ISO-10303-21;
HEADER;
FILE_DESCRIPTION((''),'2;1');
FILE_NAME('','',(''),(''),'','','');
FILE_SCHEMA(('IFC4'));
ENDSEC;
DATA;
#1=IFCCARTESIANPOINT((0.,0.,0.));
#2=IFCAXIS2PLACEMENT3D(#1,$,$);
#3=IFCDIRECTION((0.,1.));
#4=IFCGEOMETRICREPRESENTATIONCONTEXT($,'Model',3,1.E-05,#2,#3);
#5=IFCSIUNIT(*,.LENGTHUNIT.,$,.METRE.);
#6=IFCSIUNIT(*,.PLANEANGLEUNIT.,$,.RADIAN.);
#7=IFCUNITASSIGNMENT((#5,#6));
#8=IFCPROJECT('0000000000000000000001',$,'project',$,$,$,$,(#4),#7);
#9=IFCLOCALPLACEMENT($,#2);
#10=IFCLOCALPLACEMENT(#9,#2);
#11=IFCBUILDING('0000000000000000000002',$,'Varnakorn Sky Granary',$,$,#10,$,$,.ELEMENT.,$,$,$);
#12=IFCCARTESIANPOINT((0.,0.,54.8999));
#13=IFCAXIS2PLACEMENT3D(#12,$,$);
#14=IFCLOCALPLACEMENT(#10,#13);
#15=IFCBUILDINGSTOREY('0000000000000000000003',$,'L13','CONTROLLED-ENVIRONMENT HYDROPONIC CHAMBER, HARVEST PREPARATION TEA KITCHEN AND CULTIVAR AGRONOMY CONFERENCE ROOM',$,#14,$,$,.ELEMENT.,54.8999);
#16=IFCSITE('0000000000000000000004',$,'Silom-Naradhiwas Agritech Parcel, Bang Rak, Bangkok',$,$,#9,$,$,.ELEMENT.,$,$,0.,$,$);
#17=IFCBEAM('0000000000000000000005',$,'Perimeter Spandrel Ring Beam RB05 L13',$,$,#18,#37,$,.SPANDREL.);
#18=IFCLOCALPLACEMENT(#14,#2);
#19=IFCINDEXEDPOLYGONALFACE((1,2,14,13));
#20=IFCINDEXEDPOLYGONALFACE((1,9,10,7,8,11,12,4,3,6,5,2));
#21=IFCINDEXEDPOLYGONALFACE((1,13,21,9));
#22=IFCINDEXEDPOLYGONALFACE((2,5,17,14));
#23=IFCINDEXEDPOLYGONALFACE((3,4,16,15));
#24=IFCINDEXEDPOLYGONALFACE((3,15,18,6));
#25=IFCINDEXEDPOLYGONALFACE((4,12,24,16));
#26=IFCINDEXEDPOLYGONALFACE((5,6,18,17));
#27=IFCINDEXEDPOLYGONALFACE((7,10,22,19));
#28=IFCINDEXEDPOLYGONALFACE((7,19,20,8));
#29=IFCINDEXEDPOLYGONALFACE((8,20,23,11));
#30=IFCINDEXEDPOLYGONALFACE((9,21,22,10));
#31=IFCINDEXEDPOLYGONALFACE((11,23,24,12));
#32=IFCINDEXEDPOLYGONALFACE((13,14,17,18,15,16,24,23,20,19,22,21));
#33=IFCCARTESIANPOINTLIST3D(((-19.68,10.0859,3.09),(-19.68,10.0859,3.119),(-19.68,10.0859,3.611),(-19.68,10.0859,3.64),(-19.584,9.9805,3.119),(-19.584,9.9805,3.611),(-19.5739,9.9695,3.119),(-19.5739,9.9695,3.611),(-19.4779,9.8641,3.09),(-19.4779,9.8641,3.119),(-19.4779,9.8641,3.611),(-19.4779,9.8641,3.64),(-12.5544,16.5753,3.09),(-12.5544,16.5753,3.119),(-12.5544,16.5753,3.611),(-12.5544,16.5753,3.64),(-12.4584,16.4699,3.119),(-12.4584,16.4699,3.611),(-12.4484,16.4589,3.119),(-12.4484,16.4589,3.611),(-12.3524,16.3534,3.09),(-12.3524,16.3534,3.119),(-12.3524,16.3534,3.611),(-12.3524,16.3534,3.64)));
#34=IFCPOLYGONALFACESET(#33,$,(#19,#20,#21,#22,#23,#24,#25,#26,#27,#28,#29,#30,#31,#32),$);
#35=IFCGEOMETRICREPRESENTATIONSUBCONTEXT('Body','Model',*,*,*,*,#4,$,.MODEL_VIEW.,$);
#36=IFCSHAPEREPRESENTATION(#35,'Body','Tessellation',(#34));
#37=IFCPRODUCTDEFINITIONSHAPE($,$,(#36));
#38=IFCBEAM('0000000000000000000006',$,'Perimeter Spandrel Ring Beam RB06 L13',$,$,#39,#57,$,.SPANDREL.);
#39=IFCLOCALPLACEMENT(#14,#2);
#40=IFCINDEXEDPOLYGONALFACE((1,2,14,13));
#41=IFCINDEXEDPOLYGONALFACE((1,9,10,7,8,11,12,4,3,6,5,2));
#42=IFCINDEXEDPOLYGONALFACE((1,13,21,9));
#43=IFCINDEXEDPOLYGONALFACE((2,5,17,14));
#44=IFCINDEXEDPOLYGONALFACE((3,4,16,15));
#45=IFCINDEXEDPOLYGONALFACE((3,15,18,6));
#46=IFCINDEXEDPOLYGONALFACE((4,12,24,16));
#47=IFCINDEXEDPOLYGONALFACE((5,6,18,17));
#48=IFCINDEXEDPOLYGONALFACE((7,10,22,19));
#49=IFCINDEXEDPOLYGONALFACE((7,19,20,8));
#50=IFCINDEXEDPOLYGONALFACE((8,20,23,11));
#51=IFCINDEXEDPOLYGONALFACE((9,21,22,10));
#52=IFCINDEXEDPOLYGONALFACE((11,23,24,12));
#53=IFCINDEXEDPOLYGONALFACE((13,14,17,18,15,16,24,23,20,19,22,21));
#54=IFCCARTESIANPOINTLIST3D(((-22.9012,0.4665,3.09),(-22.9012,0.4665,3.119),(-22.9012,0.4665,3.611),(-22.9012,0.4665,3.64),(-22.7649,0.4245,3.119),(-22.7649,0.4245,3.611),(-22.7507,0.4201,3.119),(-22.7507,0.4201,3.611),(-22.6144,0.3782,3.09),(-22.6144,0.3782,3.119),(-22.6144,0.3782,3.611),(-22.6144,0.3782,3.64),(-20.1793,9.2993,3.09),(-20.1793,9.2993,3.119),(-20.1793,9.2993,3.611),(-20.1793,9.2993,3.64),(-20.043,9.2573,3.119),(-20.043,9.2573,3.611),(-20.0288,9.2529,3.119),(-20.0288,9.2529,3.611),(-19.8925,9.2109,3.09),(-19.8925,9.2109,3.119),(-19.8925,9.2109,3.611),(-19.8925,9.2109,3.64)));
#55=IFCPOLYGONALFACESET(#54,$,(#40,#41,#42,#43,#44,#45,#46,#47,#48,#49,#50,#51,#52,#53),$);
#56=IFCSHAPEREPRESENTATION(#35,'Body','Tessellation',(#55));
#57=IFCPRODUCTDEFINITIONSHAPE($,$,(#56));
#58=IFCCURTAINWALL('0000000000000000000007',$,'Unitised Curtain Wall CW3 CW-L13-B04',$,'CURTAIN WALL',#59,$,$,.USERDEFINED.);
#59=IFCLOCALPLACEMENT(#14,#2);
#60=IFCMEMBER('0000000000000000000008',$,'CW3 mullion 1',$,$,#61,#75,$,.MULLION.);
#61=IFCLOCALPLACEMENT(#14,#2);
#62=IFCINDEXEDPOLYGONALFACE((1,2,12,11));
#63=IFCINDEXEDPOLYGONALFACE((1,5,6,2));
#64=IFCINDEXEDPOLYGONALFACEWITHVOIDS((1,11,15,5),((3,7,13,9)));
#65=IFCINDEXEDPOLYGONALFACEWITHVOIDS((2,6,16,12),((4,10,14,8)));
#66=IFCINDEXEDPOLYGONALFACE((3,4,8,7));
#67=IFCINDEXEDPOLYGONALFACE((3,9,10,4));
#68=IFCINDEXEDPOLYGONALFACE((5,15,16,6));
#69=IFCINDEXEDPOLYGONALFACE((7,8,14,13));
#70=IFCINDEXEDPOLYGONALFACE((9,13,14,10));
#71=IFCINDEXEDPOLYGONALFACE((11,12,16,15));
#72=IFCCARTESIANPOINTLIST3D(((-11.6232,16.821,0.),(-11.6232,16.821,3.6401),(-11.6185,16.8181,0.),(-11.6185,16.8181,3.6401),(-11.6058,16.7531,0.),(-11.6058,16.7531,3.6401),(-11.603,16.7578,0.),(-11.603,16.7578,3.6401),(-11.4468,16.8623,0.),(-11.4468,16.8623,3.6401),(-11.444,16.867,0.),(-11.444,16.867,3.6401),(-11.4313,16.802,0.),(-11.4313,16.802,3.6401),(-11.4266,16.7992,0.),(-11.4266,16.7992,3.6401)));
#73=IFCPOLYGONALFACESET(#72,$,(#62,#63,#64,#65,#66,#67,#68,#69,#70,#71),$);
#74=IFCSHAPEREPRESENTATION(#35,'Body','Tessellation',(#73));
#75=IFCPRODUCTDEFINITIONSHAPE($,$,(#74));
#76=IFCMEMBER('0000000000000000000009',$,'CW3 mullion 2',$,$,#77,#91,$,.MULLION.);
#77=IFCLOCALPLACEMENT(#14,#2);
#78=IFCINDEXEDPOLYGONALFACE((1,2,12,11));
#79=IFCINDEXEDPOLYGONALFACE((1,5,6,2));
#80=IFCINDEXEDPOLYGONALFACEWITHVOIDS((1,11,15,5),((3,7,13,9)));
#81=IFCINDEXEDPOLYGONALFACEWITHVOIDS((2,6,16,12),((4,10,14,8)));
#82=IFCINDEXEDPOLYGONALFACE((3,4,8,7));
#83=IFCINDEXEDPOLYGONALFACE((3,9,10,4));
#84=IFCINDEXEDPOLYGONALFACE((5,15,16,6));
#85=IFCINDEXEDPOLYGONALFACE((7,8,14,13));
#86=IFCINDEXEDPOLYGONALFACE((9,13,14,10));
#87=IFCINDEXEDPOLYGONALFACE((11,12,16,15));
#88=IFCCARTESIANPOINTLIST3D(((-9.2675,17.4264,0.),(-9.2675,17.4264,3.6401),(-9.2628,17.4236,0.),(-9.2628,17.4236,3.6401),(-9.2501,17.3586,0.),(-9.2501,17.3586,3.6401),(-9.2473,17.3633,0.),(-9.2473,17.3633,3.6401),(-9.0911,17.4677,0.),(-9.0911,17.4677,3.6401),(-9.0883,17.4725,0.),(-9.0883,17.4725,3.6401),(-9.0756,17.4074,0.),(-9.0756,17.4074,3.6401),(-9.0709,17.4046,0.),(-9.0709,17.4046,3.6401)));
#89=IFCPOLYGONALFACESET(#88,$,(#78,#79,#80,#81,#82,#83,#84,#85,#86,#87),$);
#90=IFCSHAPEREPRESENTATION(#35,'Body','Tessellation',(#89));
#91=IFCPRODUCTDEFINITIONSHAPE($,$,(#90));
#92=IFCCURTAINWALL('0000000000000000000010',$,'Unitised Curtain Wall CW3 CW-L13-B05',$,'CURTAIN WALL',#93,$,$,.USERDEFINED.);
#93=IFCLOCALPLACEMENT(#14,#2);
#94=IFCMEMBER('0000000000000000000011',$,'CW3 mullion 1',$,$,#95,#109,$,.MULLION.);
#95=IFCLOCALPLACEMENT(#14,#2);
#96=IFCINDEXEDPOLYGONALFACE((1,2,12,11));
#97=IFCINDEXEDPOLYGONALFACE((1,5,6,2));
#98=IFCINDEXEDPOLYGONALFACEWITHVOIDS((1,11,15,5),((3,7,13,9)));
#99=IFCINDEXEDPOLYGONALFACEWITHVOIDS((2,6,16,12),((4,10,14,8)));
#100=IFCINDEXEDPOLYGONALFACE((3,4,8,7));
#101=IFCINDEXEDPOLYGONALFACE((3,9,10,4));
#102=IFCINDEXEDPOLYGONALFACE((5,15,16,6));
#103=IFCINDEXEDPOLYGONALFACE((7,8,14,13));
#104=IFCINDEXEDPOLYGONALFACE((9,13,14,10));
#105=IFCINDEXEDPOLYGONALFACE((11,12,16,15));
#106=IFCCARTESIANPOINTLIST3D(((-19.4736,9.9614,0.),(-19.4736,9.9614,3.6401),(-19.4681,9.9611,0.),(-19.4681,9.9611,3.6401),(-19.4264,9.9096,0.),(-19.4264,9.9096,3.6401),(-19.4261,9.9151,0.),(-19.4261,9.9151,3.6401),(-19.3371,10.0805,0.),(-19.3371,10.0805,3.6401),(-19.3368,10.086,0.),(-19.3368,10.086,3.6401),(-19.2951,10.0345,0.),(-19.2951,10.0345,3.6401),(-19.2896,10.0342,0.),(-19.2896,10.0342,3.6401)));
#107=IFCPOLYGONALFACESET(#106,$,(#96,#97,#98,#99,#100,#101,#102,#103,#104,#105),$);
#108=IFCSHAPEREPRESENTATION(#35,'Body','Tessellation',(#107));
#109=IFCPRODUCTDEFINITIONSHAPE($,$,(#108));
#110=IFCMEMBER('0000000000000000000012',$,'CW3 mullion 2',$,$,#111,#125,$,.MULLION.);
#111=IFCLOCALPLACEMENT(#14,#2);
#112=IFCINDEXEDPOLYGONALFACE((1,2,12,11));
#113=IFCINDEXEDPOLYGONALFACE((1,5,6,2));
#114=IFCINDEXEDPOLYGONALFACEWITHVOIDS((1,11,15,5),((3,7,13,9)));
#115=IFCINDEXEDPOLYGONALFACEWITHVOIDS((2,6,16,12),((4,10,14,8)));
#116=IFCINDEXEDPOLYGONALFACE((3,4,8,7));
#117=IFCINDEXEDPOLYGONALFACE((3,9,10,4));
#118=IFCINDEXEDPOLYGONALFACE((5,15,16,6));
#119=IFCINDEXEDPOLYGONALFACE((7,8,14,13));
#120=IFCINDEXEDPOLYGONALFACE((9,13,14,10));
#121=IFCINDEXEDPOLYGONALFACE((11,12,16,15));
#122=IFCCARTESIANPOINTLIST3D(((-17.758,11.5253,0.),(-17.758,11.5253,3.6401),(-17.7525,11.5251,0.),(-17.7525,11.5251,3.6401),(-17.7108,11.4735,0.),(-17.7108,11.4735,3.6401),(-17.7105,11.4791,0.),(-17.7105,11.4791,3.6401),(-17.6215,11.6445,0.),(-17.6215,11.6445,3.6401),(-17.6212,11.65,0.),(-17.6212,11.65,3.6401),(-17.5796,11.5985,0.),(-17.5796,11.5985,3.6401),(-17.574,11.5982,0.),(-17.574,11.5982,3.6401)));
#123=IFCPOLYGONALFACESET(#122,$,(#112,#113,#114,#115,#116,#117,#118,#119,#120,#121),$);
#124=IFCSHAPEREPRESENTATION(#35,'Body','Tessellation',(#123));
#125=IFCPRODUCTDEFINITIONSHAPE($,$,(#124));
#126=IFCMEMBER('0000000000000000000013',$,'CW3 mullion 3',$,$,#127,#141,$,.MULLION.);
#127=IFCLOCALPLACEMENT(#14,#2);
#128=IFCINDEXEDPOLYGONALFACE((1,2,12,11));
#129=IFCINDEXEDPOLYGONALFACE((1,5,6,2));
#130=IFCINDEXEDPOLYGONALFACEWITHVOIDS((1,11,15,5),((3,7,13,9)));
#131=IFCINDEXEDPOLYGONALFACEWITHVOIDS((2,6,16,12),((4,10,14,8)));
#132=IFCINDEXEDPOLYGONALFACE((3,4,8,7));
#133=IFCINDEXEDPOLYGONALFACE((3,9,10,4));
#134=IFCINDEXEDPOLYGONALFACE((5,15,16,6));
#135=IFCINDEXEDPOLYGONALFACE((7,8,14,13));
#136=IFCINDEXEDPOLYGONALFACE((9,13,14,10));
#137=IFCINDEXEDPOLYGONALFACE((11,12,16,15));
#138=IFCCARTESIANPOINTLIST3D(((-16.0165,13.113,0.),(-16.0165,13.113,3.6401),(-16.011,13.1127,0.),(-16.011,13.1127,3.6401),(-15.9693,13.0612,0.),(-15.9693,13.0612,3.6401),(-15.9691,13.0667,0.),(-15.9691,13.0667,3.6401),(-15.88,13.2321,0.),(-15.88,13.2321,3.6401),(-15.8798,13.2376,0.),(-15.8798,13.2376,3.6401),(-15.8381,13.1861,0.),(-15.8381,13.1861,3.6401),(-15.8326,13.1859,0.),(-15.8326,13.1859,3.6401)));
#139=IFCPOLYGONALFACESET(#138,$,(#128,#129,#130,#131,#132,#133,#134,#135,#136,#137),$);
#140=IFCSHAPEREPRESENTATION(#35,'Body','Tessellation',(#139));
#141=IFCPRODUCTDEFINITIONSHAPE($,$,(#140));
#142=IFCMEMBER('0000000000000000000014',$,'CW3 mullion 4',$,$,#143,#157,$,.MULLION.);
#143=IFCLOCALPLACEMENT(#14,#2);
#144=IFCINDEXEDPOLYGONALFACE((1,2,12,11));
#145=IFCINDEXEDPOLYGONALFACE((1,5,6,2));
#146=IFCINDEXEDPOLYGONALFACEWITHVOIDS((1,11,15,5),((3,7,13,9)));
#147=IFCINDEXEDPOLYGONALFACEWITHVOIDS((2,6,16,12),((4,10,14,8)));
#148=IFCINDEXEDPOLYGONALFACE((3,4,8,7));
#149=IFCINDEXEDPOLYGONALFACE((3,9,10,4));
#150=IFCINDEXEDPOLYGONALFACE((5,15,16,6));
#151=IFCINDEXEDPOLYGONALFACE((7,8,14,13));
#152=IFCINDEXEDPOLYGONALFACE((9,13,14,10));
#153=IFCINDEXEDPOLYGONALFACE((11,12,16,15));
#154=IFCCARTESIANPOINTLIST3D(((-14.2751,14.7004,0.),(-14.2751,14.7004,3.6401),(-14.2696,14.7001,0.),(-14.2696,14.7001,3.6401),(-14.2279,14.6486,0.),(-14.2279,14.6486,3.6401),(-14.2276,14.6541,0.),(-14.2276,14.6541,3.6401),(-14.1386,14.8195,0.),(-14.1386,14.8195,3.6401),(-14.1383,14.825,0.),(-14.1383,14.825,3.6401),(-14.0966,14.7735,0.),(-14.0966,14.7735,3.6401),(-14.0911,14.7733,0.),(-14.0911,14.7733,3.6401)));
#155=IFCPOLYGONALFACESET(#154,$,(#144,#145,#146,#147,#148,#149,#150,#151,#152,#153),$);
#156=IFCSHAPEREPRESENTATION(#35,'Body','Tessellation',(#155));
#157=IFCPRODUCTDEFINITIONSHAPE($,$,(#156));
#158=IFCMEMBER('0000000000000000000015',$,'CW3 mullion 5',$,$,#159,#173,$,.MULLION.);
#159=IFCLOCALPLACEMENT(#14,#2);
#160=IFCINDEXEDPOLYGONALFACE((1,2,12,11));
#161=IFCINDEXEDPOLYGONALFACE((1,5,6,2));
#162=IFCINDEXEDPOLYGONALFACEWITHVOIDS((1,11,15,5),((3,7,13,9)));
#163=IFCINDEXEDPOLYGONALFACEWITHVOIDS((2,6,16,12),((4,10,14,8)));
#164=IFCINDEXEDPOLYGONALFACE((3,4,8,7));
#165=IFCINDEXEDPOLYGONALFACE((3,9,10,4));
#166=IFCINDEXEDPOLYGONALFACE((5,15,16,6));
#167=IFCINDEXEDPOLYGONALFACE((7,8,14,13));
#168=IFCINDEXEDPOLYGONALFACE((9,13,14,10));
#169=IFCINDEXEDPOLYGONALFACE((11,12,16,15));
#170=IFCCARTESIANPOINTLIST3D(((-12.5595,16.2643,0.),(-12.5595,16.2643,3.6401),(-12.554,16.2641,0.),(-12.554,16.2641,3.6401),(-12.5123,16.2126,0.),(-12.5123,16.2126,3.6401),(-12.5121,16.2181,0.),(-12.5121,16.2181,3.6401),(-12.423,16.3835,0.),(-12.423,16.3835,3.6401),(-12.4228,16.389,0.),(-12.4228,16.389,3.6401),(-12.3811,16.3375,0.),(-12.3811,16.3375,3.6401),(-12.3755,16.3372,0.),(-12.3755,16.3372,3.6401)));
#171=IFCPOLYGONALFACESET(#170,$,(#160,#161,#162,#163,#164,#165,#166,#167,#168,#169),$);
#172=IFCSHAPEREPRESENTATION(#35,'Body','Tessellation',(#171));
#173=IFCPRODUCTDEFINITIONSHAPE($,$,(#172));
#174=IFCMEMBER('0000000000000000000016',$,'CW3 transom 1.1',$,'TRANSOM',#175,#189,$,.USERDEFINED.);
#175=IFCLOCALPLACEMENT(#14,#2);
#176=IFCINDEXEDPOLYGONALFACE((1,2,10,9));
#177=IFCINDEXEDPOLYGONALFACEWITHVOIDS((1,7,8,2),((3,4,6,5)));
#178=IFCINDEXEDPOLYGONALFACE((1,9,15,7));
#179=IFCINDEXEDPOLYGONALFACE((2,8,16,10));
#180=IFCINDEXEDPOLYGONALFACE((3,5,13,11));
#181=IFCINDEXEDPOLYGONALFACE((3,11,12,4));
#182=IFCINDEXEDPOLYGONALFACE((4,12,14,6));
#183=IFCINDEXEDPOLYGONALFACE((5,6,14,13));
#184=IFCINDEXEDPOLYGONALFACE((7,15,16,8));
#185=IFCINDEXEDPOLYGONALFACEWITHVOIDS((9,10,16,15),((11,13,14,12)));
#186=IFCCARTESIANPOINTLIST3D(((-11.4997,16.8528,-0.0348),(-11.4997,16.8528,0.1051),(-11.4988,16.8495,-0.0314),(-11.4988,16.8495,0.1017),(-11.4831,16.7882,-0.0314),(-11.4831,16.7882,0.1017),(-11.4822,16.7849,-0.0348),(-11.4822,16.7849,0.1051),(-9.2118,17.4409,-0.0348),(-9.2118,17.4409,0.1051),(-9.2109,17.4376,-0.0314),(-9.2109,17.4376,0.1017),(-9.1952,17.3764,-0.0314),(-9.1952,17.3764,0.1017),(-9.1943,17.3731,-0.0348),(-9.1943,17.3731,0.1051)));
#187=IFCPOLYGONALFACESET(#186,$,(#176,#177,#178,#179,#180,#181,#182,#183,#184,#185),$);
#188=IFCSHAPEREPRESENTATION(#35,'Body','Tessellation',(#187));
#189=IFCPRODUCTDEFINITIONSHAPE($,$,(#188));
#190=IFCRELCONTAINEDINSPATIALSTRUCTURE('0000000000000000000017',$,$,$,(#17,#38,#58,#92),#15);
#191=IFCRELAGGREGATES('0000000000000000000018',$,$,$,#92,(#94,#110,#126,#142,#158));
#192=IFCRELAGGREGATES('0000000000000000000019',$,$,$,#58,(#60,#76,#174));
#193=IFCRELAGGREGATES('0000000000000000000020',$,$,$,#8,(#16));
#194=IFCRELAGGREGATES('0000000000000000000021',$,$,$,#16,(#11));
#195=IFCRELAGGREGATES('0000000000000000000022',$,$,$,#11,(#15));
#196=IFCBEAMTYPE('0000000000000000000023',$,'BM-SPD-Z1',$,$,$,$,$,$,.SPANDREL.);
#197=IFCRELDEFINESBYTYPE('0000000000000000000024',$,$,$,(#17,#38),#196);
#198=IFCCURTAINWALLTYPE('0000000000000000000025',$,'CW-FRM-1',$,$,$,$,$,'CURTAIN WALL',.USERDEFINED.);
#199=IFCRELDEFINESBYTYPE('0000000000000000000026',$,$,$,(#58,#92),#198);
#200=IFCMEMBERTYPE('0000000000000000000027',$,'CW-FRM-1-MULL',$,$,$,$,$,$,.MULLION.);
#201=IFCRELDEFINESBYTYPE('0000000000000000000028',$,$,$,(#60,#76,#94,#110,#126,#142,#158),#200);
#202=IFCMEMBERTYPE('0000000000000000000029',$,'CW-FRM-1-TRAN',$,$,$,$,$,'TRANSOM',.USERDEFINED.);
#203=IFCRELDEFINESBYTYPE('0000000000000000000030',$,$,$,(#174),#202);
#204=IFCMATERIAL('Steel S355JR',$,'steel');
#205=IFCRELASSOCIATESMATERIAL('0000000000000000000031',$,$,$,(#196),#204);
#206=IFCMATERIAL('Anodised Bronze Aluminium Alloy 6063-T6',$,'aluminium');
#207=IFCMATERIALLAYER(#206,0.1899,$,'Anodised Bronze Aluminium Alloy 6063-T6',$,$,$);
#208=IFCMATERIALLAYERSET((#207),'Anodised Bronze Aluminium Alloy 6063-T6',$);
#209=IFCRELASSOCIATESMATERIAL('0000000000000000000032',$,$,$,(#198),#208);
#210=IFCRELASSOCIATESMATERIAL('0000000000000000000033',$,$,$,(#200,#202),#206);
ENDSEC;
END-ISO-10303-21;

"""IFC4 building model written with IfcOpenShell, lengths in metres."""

from ifc_helpers import new_model, si_unit, direction, frame, origin, origin_2d, place, context, subcontext, project, spatial, hollow_rectangle, i_section, extrude, material, layer, layer_set, material_profile, profile_set, type_object, element, aggregate, save


model = new_model("IFC4")

# Units and contexts
model_context = context("Model", 3, precision=1e-05, world=origin(), true_north=direction((0.0, 1.0)))
body_context = subcontext(model_context, "Body", "Model", "MODEL_VIEW")
ifc_project = project(units=[si_unit("LENGTHUNIT", "METRE"), si_unit("PLANEANGLEUNIT", "RADIAN")], contexts=[model_context])

# Site, building, storey
site_placement = place(None, origin())
site = spatial("IfcSite", under=ifc_project, at=site_placement, Name="Silom-Naradhiwas Agritech Parcel, Bang Rak, Bangkok", CompositionType="ELEMENT", RefElevation=0.0)
building_placement = place(site_placement, origin())
building = spatial("IfcBuilding", under=site, at=building_placement, Name="Varnakorn Sky Granary", CompositionType="ELEMENT")
storey_placement = place(building_placement, frame((0.0, 0.0, 54.8999)))
storey = spatial("IfcBuildingStorey", under=building, at=storey_placement, Name="L13", Description="CONTROLLED-ENVIRONMENT HYDROPONIC CHAMBER, HARVEST PREPARATION TEA KITCHEN AND CULTIVAR AGRONOMY CONFERENCE ROOM", CompositionType="ELEMENT", Elevation=54.8999)

# Beams
ifc_material_1 = material(Name="Steel S355JR", Category="steel")
ifc_material_profile_1 = material_profile(ifc_material_1, i_section(OverallWidth=0.3, OverallDepth=0.55, WebThickness=0.0149, FlangeThickness=0.0291, at=origin_2d()), Name="HE 550 B")
ifc_profile_set_1 = profile_set([ifc_material_profile_1], Name="Steel S355JR")
beam_type_1 = type_object("IfcBeamType", Name="BM-SPD-Z1", PredefinedType="SPANDREL", material=ifc_profile_set_1)
beam_1_placement = place(storey_placement, frame((-12.4534, 16.4644, 3.365), z_axis=(-0.739344, -0.673328, 0.0), x_axis=(0.673328, -0.739344, 0.0)))
element("IfcBeam", 1, at=beam_1_placement, inside=storey, type_object=beam_type_1, Name="Perimeter Spandrel Ring Beam RB05 L13", PredefinedType="SPANDREL", context=body_context, shape_type="SweptSolid", body=[
    extrude(i_section(OverallWidth=0.3, OverallDepth=0.55, WebThickness=0.0149, FlangeThickness=0.0291, at=origin_2d()), origin(), (0.0, 0.0, 1.0), 9.6377),
])
beam_2_placement = place(storey_placement, frame((-20.0359, 9.2551, 3.365), z_axis=(-0.294496, -0.955653, 0.0), x_axis=(0.955653, -0.294496, 0.0)))
element("IfcBeam", 2, at=beam_2_placement, inside=storey, type_object=beam_type_1, Name="Perimeter Spandrel Ring Beam RB06 L13", PredefinedType="SPANDREL", context=body_context, shape_type="SweptSolid", body=[
    extrude(i_section(OverallWidth=0.3, OverallDepth=0.55, WebThickness=0.0149, FlangeThickness=0.0291, at=origin_2d()), origin(), (0.0, 0.0, 1.0), 9.2427),
])

# Curtain walls, members
ifc_material_2 = material(Name="Anodised Bronze Aluminium Alloy 6063-T6", Category="aluminium")
ifc_layer_1 = layer(ifc_material_2, 0.1899, Name="Anodised Bronze Aluminium Alloy 6063-T6")
ifc_layer_set_1 = layer_set([ifc_layer_1], Name="Anodised Bronze Aluminium Alloy 6063-T6")
curtain_wall_type = type_object("IfcCurtainWallType", Name="CW-FRM-1", ElementType="CURTAIN WALL", PredefinedType="USERDEFINED", material=ifc_layer_set_1)
curtain_wall_1_placement = place(storey_placement, origin())
curtain_wall_1 = element("IfcCurtainWall", 3, at=curtain_wall_1_placement, inside=storey, type_object=curtain_wall_type, Name="Unitised Curtain Wall CW3 CW-L13-B04", ObjectType="CURTAIN WALL", PredefinedType="USERDEFINED")
ifc_material_profile_2 = material_profile(ifc_material_2, hollow_rectangle(XDim=0.0701, YDim=0.1851, WallThickness=0.0039, at=origin_2d()), Name="ALU MULL 70x185")
ifc_profile_set_2 = profile_set([ifc_material_profile_2], Name="Anodised Bronze Aluminium Alloy 6063-T6")
member_type_1 = type_object("IfcMemberType", Name="CW-FRM-1-MULL", PredefinedType="MULLION", material=ifc_profile_set_2)
member_1_placement = place(storey_placement, frame((-11.5249, 16.8101, 0.0), z_axis=(0.0, 0.0, 1.0), x_axis=(-0.248956, 0.968515, 0.0)))
member_1 = element("IfcMember", 4, at=member_1_placement, type_object=member_type_1, Name="CW3 mullion 1", PredefinedType="MULLION", context=body_context, shape_type="SweptSolid", body=[
    extrude(hollow_rectangle(XDim=0.0701, YDim=0.1851, WallThickness=0.0039, at=origin_2d()), origin(), (0.0, 0.0, 1.0), 3.6401),
])
member_2_placement = place(storey_placement, frame((-9.1692, 17.4155, 0.0), z_axis=(0.0, 0.0, 1.0), x_axis=(-0.248956, 0.968515, 0.0)))
member_2 = element("IfcMember", 5, at=member_2_placement, type_object=member_type_1, Name="CW3 mullion 2", PredefinedType="MULLION", context=body_context, shape_type="SweptSolid", body=[
    extrude(hollow_rectangle(XDim=0.0701, YDim=0.1851, WallThickness=0.0039, at=origin_2d()), origin(), (0.0, 0.0, 1.0), 3.6401),
])
curtain_wall_2_placement = place(storey_placement, origin())
curtain_wall_2 = element("IfcCurtainWall", 6, at=curtain_wall_2_placement, inside=storey, type_object=curtain_wall_type, Name="Unitised Curtain Wall CW3 CW-L13-B05", ObjectType="CURTAIN WALL", PredefinedType="USERDEFINED")
member_3_placement = place(storey_placement, frame((-19.3816, 9.9978, 0.0), z_axis=(0.0, 0.0, 1.0), x_axis=(-0.673687, 0.739017, 0.0)))
member_3 = element("IfcMember", 7, at=member_3_placement, type_object=member_type_1, Name="CW3 mullion 1", PredefinedType="MULLION", context=body_context, shape_type="SweptSolid", body=[
    extrude(hollow_rectangle(XDim=0.0701, YDim=0.1851, WallThickness=0.0039, at=origin_2d()), origin(), (0.0, 0.0, 1.0), 3.6401),
])
member_4_placement = place(storey_placement, frame((-17.666, 11.5618, 0.0), z_axis=(0.0, 0.0, 1.0), x_axis=(-0.673687, 0.739017, 0.0)))
member_4 = element("IfcMember", 8, at=member_4_placement, type_object=member_type_1, Name="CW3 mullion 2", PredefinedType="MULLION", context=body_context, shape_type="SweptSolid", body=[
    extrude(hollow_rectangle(XDim=0.0701, YDim=0.1851, WallThickness=0.0039, at=origin_2d()), origin(), (0.0, 0.0, 1.0), 3.6401),
])
member_5_placement = place(storey_placement, frame((-15.9246, 13.1494, 0.0), z_axis=(0.0, 0.0, 1.0), x_axis=(-0.673687, 0.739017, 0.0)))
member_5 = element("IfcMember", 9, at=member_5_placement, type_object=member_type_1, Name="CW3 mullion 3", PredefinedType="MULLION", context=body_context, shape_type="SweptSolid", body=[
    extrude(hollow_rectangle(XDim=0.0701, YDim=0.1851, WallThickness=0.0039, at=origin_2d()), origin(), (0.0, 0.0, 1.0), 3.6401),
])
member_6_placement = place(storey_placement, frame((-14.1831, 14.7368, 0.0), z_axis=(0.0, 0.0, 1.0), x_axis=(-0.673687, 0.739017, 0.0)))
member_6 = element("IfcMember", 10, at=member_6_placement, type_object=member_type_1, Name="CW3 mullion 4", PredefinedType="MULLION", context=body_context, shape_type="SweptSolid", body=[
    extrude(hollow_rectangle(XDim=0.0701, YDim=0.1851, WallThickness=0.0039, at=origin_2d()), origin(), (0.0, 0.0, 1.0), 3.6401),
])
member_7_placement = place(storey_placement, frame((-12.4675, 16.3008, 0.0), z_axis=(0.0, 0.0, 1.0), x_axis=(-0.673687, 0.739017, 0.0)))
member_7 = element("IfcMember", 11, at=member_7_placement, type_object=member_type_1, Name="CW3 mullion 5", PredefinedType="MULLION", context=body_context, shape_type="SweptSolid", body=[
    extrude(hollow_rectangle(XDim=0.0701, YDim=0.1851, WallThickness=0.0039, at=origin_2d()), origin(), (0.0, 0.0, 1.0), 3.6401),
])

# Member
ifc_material_profile_3 = material_profile(ifc_material_2, hollow_rectangle(XDim=0.0701, YDim=0.1399, WallThickness=0.0034, at=origin_2d()), Name="ALU TRAN 70x140")
ifc_profile_set_3 = profile_set([ifc_material_profile_3], Name="Anodised Bronze Aluminium Alloy 6063-T6")
member_type_2 = type_object("IfcMemberType", Name="CW-FRM-1-TRAN", ElementType="TRANSOM", PredefinedType="USERDEFINED", material=ifc_profile_set_3)
member_8_placement = place(storey_placement, frame((-11.491, 16.8188, 0.0352), z_axis=(0.96851, 0.248975, 0.0), x_axis=(-0.248975, 0.96851, 0.0)))
member_8 = element("IfcMember", 12, at=member_8_placement, type_object=member_type_2, Name="CW3 transom 1.1", ObjectType="TRANSOM", PredefinedType="USERDEFINED", context=body_context, shape_type="SweptSolid", body=[
    extrude(hollow_rectangle(XDim=0.0701, YDim=0.1399, WallThickness=0.0034, at=origin_2d()), origin(), (0.0, 0.0, 1.0), 2.3623),
])

aggregate(curtain_wall_2, [member_3, member_4, member_5, member_6, member_7])
aggregate(curtain_wall_1, [member_1, member_2, member_8])

save(model, "model.ifc")
